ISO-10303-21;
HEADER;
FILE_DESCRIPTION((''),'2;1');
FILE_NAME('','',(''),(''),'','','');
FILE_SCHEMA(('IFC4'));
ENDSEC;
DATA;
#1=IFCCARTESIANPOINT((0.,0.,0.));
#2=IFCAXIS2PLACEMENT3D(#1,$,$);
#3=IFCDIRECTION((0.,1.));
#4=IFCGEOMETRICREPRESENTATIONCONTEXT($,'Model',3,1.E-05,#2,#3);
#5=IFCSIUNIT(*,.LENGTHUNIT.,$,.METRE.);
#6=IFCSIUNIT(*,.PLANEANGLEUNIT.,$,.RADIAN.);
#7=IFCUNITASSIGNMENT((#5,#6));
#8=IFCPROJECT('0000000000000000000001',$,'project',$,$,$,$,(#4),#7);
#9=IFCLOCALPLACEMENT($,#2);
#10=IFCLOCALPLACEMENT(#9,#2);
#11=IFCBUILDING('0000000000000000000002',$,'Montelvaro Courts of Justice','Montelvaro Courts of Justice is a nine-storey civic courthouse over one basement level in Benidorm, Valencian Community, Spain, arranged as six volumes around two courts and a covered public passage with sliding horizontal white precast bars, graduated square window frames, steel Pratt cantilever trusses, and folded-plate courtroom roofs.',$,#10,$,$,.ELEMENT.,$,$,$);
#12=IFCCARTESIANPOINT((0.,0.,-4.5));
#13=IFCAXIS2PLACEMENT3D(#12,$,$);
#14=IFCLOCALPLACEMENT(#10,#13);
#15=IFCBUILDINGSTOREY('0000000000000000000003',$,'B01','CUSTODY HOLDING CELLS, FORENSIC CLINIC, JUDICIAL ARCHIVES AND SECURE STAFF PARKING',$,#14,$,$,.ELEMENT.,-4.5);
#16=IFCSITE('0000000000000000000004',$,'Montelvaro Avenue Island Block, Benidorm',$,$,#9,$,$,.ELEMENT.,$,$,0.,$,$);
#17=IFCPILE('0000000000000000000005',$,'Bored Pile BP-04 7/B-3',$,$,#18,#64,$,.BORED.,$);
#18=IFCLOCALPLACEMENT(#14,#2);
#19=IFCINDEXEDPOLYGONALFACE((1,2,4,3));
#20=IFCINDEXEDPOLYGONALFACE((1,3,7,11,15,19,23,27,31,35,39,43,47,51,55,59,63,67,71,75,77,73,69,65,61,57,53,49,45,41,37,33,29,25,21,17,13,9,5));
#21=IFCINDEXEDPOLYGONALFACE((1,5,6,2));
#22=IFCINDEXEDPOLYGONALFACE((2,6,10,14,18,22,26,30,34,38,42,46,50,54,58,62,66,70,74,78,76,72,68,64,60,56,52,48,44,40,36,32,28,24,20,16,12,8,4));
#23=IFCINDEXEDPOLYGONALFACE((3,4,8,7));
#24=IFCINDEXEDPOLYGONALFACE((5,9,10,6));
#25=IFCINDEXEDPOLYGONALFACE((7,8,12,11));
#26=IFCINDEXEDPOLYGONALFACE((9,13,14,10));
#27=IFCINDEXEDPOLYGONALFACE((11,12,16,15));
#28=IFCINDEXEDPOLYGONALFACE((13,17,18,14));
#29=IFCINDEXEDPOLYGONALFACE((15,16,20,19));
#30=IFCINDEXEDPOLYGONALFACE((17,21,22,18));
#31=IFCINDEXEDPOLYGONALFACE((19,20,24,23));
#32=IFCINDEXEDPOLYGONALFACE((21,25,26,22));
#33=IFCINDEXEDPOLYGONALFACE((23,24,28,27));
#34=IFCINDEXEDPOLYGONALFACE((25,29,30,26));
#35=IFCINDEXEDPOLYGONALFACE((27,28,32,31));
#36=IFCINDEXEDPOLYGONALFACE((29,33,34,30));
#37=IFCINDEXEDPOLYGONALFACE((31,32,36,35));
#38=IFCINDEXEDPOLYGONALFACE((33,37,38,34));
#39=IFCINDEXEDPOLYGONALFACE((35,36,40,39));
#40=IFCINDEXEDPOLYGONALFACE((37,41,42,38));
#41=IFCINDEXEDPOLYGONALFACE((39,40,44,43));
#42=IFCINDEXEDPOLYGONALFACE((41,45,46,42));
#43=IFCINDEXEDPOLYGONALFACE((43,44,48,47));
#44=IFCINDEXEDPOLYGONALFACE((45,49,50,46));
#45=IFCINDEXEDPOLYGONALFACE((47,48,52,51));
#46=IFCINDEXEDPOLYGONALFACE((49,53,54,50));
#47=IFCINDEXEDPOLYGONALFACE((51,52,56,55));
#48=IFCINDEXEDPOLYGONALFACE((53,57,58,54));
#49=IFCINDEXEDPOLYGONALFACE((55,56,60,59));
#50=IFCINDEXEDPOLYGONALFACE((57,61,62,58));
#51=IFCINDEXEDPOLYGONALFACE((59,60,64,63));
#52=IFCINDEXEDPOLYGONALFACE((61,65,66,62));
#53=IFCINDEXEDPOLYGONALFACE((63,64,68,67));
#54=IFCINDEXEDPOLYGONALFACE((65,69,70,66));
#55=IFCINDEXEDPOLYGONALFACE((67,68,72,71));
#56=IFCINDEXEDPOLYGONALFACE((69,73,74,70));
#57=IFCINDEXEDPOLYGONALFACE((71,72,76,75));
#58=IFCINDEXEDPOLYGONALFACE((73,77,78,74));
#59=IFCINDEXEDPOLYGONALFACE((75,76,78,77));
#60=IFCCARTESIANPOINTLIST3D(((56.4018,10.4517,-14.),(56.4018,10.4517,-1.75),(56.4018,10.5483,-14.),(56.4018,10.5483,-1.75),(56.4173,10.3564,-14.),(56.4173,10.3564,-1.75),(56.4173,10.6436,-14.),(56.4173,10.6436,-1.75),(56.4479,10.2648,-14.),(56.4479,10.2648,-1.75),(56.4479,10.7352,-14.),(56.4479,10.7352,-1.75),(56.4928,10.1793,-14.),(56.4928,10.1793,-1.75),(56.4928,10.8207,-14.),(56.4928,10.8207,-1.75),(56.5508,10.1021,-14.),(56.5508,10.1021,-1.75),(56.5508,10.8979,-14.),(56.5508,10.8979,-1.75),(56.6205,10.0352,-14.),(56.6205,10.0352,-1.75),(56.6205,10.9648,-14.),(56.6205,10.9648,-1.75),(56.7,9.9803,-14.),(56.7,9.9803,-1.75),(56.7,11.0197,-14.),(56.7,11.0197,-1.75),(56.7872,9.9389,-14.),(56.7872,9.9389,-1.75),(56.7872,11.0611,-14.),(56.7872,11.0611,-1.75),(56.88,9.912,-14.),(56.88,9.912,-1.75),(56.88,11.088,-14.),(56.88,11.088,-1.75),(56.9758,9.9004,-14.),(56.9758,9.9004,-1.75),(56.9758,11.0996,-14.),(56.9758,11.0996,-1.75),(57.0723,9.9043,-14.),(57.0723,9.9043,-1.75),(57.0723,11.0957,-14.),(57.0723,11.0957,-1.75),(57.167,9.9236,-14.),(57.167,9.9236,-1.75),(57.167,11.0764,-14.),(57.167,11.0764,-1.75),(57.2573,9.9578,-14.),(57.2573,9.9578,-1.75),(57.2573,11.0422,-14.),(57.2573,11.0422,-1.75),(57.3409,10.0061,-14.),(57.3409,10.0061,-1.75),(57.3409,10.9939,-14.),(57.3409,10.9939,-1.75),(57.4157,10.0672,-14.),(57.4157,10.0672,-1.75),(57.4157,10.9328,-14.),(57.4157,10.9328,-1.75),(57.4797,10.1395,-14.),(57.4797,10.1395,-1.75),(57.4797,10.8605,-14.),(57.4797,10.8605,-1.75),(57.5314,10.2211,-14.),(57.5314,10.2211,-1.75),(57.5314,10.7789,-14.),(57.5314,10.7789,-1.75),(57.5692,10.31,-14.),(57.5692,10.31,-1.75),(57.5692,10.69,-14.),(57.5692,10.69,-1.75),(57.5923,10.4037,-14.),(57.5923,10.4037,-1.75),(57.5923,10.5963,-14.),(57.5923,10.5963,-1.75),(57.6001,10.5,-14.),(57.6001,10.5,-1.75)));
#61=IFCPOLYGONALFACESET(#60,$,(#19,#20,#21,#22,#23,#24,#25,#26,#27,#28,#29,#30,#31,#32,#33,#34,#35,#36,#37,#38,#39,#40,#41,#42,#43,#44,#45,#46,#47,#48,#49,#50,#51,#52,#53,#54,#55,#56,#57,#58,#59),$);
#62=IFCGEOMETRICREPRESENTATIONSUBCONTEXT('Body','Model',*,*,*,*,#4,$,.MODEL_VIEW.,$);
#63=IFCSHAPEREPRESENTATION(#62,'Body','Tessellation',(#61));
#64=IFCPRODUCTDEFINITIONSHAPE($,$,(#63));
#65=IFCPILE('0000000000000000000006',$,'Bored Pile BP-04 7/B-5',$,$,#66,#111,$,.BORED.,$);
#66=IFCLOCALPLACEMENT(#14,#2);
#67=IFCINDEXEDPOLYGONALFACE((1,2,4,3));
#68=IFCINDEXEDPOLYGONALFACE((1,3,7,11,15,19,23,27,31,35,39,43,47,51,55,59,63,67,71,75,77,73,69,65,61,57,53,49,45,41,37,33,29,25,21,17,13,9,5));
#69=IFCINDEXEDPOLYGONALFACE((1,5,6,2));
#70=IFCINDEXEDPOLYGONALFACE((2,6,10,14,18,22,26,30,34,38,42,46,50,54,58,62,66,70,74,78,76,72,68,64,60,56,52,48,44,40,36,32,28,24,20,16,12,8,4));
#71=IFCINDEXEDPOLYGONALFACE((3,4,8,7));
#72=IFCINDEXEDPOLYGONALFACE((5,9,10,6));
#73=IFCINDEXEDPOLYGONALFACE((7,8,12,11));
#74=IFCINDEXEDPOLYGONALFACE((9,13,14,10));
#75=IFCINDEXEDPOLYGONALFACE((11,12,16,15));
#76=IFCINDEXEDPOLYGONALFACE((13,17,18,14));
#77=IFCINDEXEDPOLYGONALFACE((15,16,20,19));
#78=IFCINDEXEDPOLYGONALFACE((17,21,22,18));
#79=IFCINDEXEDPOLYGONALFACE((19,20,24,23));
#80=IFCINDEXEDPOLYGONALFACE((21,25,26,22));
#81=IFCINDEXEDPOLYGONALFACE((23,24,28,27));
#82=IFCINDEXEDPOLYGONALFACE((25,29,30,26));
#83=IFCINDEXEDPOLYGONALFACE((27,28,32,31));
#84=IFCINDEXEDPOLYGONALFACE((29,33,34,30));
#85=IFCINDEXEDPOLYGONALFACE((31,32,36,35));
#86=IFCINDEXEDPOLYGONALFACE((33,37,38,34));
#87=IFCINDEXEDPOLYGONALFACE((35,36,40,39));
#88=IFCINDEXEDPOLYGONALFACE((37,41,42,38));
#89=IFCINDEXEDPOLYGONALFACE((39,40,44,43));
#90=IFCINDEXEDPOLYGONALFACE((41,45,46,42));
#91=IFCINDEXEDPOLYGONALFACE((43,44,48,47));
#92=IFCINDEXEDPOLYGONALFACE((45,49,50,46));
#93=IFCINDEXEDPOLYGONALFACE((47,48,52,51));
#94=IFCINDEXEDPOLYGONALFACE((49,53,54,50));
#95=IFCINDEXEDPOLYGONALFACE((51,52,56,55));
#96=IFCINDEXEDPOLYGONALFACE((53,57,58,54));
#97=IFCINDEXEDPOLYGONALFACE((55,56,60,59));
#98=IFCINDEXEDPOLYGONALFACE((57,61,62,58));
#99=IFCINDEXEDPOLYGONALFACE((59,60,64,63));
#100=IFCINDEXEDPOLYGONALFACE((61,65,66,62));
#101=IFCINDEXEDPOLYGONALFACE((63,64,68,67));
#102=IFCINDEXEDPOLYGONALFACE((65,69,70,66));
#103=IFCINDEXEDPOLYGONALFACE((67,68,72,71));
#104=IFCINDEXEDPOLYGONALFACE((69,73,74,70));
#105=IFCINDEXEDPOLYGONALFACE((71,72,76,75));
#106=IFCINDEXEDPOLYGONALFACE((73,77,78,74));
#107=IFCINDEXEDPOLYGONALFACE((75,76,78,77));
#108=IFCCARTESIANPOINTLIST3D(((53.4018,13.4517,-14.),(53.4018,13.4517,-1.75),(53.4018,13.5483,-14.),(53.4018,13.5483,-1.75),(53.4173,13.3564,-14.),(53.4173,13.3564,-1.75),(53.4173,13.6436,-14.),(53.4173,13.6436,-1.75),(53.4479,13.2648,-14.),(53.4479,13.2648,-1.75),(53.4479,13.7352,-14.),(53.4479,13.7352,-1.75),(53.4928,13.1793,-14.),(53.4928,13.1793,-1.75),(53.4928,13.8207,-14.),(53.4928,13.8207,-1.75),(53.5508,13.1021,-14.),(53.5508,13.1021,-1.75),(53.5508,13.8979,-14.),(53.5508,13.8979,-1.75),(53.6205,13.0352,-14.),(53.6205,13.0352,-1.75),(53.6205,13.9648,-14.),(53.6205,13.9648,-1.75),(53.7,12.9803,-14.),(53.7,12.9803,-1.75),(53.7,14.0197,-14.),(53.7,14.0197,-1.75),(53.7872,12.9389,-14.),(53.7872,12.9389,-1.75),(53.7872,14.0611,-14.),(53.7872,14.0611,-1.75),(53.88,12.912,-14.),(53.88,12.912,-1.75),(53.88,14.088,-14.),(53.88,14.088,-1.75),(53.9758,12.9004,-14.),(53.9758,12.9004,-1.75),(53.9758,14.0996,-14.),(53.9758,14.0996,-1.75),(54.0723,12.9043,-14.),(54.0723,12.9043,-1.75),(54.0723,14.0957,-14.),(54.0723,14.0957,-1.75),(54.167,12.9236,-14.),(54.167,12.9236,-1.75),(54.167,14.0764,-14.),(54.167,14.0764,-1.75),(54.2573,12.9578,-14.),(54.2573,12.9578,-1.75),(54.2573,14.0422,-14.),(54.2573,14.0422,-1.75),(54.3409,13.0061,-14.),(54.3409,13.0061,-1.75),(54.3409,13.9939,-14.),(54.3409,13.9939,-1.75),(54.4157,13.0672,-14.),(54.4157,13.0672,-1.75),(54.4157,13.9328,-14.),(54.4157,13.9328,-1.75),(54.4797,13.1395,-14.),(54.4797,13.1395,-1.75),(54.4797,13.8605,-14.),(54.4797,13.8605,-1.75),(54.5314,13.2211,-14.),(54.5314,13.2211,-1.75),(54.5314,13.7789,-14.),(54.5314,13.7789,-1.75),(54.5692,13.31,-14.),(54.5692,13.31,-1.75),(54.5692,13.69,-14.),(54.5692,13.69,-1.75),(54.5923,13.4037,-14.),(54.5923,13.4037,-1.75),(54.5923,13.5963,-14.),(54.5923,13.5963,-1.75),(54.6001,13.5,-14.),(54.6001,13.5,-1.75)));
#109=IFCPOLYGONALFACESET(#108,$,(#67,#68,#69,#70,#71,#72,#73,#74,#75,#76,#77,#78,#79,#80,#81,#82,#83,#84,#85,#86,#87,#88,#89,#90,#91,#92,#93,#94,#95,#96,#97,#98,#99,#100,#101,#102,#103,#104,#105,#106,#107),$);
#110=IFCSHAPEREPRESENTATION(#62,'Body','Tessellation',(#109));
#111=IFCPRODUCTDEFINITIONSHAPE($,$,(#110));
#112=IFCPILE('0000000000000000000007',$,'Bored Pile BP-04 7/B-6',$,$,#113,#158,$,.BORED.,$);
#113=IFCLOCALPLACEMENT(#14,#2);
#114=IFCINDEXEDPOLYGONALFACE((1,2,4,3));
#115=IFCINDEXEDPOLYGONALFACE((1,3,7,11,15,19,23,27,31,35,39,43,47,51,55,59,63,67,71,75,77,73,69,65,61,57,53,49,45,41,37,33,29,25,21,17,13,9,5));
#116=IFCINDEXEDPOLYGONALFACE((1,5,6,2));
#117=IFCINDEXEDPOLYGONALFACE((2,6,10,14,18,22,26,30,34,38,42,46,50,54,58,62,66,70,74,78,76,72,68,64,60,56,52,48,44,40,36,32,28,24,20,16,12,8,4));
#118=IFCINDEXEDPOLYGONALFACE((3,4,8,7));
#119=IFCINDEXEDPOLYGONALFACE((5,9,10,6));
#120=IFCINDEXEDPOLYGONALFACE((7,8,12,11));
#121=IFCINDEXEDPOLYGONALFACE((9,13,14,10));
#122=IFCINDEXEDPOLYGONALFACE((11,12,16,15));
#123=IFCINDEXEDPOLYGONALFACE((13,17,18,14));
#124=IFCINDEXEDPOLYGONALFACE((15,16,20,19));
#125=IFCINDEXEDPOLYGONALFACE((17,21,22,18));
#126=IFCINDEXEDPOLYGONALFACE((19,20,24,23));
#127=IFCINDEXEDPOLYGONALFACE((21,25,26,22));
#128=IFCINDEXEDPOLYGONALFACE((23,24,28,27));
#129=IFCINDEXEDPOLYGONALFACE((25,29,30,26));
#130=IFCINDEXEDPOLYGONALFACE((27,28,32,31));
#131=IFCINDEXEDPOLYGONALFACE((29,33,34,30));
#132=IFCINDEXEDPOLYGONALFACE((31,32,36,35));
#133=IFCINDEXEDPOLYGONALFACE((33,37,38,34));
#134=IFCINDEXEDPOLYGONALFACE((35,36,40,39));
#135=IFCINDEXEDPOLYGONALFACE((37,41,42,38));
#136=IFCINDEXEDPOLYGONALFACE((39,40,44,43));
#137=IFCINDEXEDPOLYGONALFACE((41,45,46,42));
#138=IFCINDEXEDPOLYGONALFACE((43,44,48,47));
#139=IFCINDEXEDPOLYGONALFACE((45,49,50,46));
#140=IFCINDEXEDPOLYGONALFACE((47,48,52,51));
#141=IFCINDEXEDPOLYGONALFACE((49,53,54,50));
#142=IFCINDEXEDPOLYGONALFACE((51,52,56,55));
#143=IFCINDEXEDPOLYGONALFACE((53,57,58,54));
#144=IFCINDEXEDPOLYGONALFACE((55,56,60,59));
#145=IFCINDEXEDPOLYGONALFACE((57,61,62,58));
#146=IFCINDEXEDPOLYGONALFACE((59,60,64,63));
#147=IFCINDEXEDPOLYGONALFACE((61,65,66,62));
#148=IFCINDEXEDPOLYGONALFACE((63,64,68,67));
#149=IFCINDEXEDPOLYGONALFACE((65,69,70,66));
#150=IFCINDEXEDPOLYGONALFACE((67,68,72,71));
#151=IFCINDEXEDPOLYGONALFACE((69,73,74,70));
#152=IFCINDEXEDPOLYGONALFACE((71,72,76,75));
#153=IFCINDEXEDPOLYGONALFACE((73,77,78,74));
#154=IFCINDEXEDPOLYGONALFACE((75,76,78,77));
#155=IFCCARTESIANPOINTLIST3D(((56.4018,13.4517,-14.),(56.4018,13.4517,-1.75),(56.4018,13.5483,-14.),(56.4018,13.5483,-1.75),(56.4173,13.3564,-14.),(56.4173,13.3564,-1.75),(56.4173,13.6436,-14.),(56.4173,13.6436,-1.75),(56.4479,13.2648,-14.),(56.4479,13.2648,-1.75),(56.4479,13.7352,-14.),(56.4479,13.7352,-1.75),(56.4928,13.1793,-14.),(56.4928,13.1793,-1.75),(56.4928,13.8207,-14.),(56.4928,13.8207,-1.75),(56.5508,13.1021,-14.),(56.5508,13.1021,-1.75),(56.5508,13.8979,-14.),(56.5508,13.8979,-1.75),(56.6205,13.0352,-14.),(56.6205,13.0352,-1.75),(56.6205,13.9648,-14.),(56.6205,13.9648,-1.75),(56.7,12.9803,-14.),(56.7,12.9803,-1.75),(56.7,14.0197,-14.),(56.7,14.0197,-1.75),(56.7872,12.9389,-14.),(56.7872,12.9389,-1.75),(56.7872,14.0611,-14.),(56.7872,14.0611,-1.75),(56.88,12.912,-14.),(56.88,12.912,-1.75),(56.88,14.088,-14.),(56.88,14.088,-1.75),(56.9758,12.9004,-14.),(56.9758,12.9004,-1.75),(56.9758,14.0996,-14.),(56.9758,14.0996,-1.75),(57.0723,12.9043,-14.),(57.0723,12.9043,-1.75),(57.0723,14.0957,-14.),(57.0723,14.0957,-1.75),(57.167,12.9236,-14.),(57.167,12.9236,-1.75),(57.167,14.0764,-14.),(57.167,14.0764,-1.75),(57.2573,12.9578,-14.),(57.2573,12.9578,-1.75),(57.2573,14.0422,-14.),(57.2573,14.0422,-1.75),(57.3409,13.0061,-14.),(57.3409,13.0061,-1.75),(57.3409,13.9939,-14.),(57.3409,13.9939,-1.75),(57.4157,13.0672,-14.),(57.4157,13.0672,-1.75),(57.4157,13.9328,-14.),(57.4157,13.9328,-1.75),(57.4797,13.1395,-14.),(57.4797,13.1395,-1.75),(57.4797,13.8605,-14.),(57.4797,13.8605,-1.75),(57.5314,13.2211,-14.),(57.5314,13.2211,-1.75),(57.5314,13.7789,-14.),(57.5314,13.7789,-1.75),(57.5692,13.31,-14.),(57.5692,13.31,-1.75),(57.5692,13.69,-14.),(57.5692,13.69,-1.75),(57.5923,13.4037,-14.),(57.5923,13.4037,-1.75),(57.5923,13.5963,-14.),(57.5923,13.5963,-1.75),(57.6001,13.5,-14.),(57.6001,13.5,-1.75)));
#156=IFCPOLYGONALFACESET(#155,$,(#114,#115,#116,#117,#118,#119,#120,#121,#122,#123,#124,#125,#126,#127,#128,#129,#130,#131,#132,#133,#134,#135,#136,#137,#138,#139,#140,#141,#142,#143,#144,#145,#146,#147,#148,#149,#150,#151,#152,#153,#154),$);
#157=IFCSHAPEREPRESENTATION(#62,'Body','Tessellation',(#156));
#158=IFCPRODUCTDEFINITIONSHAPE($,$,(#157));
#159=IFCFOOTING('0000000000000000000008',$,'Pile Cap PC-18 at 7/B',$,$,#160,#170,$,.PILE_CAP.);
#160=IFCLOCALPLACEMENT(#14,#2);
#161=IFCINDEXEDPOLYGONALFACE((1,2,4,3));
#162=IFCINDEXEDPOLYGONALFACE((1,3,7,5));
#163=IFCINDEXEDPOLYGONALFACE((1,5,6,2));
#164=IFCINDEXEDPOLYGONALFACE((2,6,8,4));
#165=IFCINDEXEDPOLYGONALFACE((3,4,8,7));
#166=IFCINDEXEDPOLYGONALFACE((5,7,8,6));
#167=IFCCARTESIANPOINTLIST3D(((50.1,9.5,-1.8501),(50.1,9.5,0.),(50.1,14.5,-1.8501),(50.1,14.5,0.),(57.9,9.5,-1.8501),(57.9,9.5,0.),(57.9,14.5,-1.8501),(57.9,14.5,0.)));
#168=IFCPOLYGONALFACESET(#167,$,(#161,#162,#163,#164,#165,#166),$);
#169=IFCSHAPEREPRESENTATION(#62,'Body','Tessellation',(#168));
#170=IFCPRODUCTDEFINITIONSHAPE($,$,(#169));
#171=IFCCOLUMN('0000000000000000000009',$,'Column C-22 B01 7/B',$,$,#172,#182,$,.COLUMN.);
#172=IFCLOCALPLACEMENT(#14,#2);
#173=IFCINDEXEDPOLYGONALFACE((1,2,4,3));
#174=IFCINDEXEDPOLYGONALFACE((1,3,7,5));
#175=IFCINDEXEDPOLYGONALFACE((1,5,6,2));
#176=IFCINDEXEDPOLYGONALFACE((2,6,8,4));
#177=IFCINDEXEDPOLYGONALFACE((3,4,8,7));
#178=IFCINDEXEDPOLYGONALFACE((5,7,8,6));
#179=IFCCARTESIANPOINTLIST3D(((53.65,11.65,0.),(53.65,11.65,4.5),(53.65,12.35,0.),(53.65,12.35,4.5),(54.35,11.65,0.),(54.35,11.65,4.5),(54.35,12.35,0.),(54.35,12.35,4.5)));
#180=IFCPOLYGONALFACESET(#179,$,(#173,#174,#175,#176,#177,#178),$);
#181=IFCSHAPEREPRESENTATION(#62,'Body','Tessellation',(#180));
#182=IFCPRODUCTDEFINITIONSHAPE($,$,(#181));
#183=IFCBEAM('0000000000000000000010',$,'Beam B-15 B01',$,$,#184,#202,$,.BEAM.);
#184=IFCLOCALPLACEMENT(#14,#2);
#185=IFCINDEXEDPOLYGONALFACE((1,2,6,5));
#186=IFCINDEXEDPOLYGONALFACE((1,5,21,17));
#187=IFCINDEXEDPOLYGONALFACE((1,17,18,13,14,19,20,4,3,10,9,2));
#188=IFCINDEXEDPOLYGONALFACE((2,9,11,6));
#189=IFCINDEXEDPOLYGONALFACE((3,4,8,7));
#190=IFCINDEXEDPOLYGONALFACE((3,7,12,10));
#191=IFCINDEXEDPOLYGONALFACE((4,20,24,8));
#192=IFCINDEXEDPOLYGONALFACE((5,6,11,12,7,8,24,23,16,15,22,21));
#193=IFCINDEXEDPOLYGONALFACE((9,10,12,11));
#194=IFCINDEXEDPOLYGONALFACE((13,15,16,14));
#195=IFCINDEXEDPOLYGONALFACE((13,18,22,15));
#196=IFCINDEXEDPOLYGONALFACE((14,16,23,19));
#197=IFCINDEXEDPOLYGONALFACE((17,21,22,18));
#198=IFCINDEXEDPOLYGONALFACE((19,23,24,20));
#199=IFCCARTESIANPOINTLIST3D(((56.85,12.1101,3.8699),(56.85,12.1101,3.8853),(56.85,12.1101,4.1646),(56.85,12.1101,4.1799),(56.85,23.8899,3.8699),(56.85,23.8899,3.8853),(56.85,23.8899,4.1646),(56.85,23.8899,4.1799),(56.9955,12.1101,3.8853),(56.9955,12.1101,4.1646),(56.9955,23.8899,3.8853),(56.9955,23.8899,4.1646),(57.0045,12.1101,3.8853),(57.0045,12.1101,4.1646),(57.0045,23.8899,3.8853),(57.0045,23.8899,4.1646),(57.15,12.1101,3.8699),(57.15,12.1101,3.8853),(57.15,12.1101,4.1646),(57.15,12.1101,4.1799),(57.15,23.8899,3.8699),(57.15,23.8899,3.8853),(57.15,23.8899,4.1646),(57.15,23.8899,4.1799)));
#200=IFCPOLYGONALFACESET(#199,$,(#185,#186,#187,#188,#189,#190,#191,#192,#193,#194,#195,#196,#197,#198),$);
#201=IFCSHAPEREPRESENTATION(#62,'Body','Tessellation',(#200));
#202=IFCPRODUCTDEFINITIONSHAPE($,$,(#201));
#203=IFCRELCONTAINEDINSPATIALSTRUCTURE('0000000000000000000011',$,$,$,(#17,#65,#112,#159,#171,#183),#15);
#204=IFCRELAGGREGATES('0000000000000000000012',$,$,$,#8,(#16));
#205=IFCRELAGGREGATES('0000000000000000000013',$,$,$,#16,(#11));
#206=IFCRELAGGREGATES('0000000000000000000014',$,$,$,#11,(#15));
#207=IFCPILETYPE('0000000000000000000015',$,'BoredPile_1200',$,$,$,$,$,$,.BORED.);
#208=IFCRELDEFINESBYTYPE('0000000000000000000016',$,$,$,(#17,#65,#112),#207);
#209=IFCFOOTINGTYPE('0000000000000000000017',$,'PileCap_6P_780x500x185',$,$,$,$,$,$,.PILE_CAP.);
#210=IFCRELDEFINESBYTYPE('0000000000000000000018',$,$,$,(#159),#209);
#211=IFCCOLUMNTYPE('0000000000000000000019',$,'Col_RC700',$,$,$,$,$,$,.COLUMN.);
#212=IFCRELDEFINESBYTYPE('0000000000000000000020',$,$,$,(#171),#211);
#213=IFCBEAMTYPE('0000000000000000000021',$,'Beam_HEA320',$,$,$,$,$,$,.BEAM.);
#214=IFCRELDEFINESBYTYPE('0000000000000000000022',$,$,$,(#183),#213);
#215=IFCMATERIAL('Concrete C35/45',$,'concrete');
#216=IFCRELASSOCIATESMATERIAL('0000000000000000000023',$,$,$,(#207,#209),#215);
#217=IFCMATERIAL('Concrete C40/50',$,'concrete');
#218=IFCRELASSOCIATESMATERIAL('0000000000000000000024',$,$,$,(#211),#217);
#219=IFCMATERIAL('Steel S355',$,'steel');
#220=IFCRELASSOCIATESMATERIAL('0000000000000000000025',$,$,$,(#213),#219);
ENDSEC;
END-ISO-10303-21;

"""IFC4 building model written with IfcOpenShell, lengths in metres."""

from ifc_helpers import new_model, si_unit, direction, frame, origin, origin_2d, place, context, subcontext, project, spatial, rectangle, circle, i_section, extrude, material, material_profile, profile_set, type_object, element, save


model = new_model("IFC4")

# Units and contexts
model_context = context("Model", 3, precision=1e-05, world=origin(), true_north=direction((0.0, 1.0)))
body_context = subcontext(model_context, "Body", "Model", "MODEL_VIEW")
ifc_project = project(units=[si_unit("LENGTHUNIT", "METRE"), si_unit("PLANEANGLEUNIT", "RADIAN")], contexts=[model_context])

# Site, building, storey
site_placement = place(None, origin())
site = spatial("IfcSite", under=ifc_project, at=site_placement, Name="Montelvaro Avenue Island Block, Benidorm", CompositionType="ELEMENT", RefElevation=0.0)
building_placement = place(site_placement, origin())
building = spatial("IfcBuilding", under=site, at=building_placement, Name="Montelvaro Courts of Justice", Description="Montelvaro Courts of Justice is a nine-storey civic courthouse over one basement level in Benidorm, Valencian Community, Spain, arranged as six volumes around two courts and a covered public passage with sliding horizontal white precast bars, graduated square window frames, steel Pratt cantilever trusses, and folded-plate courtroom roofs.", CompositionType="ELEMENT")
storey_placement = place(building_placement, frame((0.0, 0.0, -4.5)))
storey = spatial("IfcBuildingStorey", under=building, at=storey_placement, Name="B01", Description="CUSTODY HOLDING CELLS, FORENSIC CLINIC, JUDICIAL ARCHIVES AND SECURE STAFF PARKING", CompositionType="ELEMENT", Elevation=-4.5)

# Piles
ifc_material_1 = material(Name="Concrete C35/45", Category="concrete")
ifc_material_profile_1 = material_profile(ifc_material_1, circle(Radius=0.6001, at=origin_2d()), Name="BORED PILE D1200")
ifc_profile_set_1 = profile_set([ifc_material_profile_1], Name="Concrete C35/45")
pile_type = type_object("IfcPileType", Name="BoredPile_1200", PredefinedType="BORED", material=ifc_profile_set_1)
for number, where, z_axis, x_axis, name in (
    (1, (57.0, 10.5, -1.75), (0.0, 0.0, -1.0), (1.0, 0.0, 0.0), "Bored Pile BP-04 7/B-3"),
    (2, (54.0, 13.5, -1.75), (0.0, 0.0, -1.0), (1.0, 0.0, 0.0), "Bored Pile BP-04 7/B-5"),
    (3, (57.0, 13.5, -1.75), (0.0, 0.0, -1.0), (1.0, 0.0, 0.0), "Bored Pile BP-04 7/B-6"),
):
    element("IfcPile", number, at=place(storey_placement, frame(where, z_axis=z_axis, x_axis=x_axis)), inside=storey, type_object=pile_type, Name=name, PredefinedType="BORED", context=body_context, shape_type="SweptSolid", body=[
        extrude(circle(Radius=0.6001, at=origin_2d()), origin(), (0.0, 0.0, 1.0), 12.25),
    ])

# Footing
footing_type = type_object("IfcFootingType", Name="PileCap_6P_780x500x185", PredefinedType="PILE_CAP", material=ifc_material_1)
footing_placement = place(storey_placement, frame((54.0, 12.0, -1.8501), z_axis=(0.0, 0.0, 1.0), x_axis=(1.0, 0.0, 0.0)))
element("IfcFooting", 4, at=footing_placement, inside=storey, type_object=footing_type, Name="Pile Cap PC-18 at 7/B", PredefinedType="PILE_CAP", context=body_context, shape_type="SweptSolid", body=[
    extrude(rectangle(XDim=7.8, YDim=5.0, at=origin_2d()), origin(), (0.0, 0.0, 1.0), 1.8501),
])

# Column
ifc_material_2 = material(Name="Concrete C40/50", Category="concrete")
ifc_material_profile_2 = material_profile(ifc_material_2, rectangle(XDim=0.7, YDim=0.7, at=origin_2d()), Name="RC 700x700")
ifc_profile_set_2 = profile_set([ifc_material_profile_2], Name="Concrete C40/50")
column_type = type_object("IfcColumnType", Name="Col_RC700", PredefinedType="COLUMN", material=ifc_profile_set_2)
column_placement = place(storey_placement, frame((54.0, 12.0, 0.0), z_axis=(0.0, 0.0, 1.0), x_axis=(1.0, 0.0, 0.0)))
element("IfcColumn", 5, at=column_placement, inside=storey, type_object=column_type, Name="Column C-22 B01 7/B", PredefinedType="COLUMN", context=body_context, shape_type="SweptSolid", body=[
    extrude(rectangle(XDim=0.7, YDim=0.7, at=origin_2d()), origin(), (0.0, 0.0, 1.0), 4.5),
])

# Beam
ifc_material_3 = material(Name="Steel S355", Category="steel")
ifc_material_profile_3 = material_profile(ifc_material_3, i_section(OverallWidth=0.3, OverallDepth=0.3101, WebThickness=0.009, FlangeThickness=0.0154, at=origin_2d()), Name="HEA 320")
ifc_profile_set_3 = profile_set([ifc_material_profile_3], Name="Steel S355")
beam_type_1 = type_object("IfcBeamType", Name="Beam_HEA320", PredefinedType="BEAM", material=ifc_profile_set_3)
beam_1_placement = place(storey_placement, frame((57.0, 12.1101, 4.0249), z_axis=(0.0, 1.0, 0.0), x_axis=(-1.0, 0.0, 0.0)))
element("IfcBeam", 6, at=beam_1_placement, inside=storey, type_object=beam_type_1, Name="Beam B-15 B01", PredefinedType="BEAM", context=body_context, shape_type="SweptSolid", body=[
    extrude(i_section(OverallWidth=0.3, OverallDepth=0.3101, WebThickness=0.009, FlangeThickness=0.0154, at=origin_2d()), origin(), (0.0, 0.0, 1.0), 11.7798),
])

save(model, "model.ifc")
